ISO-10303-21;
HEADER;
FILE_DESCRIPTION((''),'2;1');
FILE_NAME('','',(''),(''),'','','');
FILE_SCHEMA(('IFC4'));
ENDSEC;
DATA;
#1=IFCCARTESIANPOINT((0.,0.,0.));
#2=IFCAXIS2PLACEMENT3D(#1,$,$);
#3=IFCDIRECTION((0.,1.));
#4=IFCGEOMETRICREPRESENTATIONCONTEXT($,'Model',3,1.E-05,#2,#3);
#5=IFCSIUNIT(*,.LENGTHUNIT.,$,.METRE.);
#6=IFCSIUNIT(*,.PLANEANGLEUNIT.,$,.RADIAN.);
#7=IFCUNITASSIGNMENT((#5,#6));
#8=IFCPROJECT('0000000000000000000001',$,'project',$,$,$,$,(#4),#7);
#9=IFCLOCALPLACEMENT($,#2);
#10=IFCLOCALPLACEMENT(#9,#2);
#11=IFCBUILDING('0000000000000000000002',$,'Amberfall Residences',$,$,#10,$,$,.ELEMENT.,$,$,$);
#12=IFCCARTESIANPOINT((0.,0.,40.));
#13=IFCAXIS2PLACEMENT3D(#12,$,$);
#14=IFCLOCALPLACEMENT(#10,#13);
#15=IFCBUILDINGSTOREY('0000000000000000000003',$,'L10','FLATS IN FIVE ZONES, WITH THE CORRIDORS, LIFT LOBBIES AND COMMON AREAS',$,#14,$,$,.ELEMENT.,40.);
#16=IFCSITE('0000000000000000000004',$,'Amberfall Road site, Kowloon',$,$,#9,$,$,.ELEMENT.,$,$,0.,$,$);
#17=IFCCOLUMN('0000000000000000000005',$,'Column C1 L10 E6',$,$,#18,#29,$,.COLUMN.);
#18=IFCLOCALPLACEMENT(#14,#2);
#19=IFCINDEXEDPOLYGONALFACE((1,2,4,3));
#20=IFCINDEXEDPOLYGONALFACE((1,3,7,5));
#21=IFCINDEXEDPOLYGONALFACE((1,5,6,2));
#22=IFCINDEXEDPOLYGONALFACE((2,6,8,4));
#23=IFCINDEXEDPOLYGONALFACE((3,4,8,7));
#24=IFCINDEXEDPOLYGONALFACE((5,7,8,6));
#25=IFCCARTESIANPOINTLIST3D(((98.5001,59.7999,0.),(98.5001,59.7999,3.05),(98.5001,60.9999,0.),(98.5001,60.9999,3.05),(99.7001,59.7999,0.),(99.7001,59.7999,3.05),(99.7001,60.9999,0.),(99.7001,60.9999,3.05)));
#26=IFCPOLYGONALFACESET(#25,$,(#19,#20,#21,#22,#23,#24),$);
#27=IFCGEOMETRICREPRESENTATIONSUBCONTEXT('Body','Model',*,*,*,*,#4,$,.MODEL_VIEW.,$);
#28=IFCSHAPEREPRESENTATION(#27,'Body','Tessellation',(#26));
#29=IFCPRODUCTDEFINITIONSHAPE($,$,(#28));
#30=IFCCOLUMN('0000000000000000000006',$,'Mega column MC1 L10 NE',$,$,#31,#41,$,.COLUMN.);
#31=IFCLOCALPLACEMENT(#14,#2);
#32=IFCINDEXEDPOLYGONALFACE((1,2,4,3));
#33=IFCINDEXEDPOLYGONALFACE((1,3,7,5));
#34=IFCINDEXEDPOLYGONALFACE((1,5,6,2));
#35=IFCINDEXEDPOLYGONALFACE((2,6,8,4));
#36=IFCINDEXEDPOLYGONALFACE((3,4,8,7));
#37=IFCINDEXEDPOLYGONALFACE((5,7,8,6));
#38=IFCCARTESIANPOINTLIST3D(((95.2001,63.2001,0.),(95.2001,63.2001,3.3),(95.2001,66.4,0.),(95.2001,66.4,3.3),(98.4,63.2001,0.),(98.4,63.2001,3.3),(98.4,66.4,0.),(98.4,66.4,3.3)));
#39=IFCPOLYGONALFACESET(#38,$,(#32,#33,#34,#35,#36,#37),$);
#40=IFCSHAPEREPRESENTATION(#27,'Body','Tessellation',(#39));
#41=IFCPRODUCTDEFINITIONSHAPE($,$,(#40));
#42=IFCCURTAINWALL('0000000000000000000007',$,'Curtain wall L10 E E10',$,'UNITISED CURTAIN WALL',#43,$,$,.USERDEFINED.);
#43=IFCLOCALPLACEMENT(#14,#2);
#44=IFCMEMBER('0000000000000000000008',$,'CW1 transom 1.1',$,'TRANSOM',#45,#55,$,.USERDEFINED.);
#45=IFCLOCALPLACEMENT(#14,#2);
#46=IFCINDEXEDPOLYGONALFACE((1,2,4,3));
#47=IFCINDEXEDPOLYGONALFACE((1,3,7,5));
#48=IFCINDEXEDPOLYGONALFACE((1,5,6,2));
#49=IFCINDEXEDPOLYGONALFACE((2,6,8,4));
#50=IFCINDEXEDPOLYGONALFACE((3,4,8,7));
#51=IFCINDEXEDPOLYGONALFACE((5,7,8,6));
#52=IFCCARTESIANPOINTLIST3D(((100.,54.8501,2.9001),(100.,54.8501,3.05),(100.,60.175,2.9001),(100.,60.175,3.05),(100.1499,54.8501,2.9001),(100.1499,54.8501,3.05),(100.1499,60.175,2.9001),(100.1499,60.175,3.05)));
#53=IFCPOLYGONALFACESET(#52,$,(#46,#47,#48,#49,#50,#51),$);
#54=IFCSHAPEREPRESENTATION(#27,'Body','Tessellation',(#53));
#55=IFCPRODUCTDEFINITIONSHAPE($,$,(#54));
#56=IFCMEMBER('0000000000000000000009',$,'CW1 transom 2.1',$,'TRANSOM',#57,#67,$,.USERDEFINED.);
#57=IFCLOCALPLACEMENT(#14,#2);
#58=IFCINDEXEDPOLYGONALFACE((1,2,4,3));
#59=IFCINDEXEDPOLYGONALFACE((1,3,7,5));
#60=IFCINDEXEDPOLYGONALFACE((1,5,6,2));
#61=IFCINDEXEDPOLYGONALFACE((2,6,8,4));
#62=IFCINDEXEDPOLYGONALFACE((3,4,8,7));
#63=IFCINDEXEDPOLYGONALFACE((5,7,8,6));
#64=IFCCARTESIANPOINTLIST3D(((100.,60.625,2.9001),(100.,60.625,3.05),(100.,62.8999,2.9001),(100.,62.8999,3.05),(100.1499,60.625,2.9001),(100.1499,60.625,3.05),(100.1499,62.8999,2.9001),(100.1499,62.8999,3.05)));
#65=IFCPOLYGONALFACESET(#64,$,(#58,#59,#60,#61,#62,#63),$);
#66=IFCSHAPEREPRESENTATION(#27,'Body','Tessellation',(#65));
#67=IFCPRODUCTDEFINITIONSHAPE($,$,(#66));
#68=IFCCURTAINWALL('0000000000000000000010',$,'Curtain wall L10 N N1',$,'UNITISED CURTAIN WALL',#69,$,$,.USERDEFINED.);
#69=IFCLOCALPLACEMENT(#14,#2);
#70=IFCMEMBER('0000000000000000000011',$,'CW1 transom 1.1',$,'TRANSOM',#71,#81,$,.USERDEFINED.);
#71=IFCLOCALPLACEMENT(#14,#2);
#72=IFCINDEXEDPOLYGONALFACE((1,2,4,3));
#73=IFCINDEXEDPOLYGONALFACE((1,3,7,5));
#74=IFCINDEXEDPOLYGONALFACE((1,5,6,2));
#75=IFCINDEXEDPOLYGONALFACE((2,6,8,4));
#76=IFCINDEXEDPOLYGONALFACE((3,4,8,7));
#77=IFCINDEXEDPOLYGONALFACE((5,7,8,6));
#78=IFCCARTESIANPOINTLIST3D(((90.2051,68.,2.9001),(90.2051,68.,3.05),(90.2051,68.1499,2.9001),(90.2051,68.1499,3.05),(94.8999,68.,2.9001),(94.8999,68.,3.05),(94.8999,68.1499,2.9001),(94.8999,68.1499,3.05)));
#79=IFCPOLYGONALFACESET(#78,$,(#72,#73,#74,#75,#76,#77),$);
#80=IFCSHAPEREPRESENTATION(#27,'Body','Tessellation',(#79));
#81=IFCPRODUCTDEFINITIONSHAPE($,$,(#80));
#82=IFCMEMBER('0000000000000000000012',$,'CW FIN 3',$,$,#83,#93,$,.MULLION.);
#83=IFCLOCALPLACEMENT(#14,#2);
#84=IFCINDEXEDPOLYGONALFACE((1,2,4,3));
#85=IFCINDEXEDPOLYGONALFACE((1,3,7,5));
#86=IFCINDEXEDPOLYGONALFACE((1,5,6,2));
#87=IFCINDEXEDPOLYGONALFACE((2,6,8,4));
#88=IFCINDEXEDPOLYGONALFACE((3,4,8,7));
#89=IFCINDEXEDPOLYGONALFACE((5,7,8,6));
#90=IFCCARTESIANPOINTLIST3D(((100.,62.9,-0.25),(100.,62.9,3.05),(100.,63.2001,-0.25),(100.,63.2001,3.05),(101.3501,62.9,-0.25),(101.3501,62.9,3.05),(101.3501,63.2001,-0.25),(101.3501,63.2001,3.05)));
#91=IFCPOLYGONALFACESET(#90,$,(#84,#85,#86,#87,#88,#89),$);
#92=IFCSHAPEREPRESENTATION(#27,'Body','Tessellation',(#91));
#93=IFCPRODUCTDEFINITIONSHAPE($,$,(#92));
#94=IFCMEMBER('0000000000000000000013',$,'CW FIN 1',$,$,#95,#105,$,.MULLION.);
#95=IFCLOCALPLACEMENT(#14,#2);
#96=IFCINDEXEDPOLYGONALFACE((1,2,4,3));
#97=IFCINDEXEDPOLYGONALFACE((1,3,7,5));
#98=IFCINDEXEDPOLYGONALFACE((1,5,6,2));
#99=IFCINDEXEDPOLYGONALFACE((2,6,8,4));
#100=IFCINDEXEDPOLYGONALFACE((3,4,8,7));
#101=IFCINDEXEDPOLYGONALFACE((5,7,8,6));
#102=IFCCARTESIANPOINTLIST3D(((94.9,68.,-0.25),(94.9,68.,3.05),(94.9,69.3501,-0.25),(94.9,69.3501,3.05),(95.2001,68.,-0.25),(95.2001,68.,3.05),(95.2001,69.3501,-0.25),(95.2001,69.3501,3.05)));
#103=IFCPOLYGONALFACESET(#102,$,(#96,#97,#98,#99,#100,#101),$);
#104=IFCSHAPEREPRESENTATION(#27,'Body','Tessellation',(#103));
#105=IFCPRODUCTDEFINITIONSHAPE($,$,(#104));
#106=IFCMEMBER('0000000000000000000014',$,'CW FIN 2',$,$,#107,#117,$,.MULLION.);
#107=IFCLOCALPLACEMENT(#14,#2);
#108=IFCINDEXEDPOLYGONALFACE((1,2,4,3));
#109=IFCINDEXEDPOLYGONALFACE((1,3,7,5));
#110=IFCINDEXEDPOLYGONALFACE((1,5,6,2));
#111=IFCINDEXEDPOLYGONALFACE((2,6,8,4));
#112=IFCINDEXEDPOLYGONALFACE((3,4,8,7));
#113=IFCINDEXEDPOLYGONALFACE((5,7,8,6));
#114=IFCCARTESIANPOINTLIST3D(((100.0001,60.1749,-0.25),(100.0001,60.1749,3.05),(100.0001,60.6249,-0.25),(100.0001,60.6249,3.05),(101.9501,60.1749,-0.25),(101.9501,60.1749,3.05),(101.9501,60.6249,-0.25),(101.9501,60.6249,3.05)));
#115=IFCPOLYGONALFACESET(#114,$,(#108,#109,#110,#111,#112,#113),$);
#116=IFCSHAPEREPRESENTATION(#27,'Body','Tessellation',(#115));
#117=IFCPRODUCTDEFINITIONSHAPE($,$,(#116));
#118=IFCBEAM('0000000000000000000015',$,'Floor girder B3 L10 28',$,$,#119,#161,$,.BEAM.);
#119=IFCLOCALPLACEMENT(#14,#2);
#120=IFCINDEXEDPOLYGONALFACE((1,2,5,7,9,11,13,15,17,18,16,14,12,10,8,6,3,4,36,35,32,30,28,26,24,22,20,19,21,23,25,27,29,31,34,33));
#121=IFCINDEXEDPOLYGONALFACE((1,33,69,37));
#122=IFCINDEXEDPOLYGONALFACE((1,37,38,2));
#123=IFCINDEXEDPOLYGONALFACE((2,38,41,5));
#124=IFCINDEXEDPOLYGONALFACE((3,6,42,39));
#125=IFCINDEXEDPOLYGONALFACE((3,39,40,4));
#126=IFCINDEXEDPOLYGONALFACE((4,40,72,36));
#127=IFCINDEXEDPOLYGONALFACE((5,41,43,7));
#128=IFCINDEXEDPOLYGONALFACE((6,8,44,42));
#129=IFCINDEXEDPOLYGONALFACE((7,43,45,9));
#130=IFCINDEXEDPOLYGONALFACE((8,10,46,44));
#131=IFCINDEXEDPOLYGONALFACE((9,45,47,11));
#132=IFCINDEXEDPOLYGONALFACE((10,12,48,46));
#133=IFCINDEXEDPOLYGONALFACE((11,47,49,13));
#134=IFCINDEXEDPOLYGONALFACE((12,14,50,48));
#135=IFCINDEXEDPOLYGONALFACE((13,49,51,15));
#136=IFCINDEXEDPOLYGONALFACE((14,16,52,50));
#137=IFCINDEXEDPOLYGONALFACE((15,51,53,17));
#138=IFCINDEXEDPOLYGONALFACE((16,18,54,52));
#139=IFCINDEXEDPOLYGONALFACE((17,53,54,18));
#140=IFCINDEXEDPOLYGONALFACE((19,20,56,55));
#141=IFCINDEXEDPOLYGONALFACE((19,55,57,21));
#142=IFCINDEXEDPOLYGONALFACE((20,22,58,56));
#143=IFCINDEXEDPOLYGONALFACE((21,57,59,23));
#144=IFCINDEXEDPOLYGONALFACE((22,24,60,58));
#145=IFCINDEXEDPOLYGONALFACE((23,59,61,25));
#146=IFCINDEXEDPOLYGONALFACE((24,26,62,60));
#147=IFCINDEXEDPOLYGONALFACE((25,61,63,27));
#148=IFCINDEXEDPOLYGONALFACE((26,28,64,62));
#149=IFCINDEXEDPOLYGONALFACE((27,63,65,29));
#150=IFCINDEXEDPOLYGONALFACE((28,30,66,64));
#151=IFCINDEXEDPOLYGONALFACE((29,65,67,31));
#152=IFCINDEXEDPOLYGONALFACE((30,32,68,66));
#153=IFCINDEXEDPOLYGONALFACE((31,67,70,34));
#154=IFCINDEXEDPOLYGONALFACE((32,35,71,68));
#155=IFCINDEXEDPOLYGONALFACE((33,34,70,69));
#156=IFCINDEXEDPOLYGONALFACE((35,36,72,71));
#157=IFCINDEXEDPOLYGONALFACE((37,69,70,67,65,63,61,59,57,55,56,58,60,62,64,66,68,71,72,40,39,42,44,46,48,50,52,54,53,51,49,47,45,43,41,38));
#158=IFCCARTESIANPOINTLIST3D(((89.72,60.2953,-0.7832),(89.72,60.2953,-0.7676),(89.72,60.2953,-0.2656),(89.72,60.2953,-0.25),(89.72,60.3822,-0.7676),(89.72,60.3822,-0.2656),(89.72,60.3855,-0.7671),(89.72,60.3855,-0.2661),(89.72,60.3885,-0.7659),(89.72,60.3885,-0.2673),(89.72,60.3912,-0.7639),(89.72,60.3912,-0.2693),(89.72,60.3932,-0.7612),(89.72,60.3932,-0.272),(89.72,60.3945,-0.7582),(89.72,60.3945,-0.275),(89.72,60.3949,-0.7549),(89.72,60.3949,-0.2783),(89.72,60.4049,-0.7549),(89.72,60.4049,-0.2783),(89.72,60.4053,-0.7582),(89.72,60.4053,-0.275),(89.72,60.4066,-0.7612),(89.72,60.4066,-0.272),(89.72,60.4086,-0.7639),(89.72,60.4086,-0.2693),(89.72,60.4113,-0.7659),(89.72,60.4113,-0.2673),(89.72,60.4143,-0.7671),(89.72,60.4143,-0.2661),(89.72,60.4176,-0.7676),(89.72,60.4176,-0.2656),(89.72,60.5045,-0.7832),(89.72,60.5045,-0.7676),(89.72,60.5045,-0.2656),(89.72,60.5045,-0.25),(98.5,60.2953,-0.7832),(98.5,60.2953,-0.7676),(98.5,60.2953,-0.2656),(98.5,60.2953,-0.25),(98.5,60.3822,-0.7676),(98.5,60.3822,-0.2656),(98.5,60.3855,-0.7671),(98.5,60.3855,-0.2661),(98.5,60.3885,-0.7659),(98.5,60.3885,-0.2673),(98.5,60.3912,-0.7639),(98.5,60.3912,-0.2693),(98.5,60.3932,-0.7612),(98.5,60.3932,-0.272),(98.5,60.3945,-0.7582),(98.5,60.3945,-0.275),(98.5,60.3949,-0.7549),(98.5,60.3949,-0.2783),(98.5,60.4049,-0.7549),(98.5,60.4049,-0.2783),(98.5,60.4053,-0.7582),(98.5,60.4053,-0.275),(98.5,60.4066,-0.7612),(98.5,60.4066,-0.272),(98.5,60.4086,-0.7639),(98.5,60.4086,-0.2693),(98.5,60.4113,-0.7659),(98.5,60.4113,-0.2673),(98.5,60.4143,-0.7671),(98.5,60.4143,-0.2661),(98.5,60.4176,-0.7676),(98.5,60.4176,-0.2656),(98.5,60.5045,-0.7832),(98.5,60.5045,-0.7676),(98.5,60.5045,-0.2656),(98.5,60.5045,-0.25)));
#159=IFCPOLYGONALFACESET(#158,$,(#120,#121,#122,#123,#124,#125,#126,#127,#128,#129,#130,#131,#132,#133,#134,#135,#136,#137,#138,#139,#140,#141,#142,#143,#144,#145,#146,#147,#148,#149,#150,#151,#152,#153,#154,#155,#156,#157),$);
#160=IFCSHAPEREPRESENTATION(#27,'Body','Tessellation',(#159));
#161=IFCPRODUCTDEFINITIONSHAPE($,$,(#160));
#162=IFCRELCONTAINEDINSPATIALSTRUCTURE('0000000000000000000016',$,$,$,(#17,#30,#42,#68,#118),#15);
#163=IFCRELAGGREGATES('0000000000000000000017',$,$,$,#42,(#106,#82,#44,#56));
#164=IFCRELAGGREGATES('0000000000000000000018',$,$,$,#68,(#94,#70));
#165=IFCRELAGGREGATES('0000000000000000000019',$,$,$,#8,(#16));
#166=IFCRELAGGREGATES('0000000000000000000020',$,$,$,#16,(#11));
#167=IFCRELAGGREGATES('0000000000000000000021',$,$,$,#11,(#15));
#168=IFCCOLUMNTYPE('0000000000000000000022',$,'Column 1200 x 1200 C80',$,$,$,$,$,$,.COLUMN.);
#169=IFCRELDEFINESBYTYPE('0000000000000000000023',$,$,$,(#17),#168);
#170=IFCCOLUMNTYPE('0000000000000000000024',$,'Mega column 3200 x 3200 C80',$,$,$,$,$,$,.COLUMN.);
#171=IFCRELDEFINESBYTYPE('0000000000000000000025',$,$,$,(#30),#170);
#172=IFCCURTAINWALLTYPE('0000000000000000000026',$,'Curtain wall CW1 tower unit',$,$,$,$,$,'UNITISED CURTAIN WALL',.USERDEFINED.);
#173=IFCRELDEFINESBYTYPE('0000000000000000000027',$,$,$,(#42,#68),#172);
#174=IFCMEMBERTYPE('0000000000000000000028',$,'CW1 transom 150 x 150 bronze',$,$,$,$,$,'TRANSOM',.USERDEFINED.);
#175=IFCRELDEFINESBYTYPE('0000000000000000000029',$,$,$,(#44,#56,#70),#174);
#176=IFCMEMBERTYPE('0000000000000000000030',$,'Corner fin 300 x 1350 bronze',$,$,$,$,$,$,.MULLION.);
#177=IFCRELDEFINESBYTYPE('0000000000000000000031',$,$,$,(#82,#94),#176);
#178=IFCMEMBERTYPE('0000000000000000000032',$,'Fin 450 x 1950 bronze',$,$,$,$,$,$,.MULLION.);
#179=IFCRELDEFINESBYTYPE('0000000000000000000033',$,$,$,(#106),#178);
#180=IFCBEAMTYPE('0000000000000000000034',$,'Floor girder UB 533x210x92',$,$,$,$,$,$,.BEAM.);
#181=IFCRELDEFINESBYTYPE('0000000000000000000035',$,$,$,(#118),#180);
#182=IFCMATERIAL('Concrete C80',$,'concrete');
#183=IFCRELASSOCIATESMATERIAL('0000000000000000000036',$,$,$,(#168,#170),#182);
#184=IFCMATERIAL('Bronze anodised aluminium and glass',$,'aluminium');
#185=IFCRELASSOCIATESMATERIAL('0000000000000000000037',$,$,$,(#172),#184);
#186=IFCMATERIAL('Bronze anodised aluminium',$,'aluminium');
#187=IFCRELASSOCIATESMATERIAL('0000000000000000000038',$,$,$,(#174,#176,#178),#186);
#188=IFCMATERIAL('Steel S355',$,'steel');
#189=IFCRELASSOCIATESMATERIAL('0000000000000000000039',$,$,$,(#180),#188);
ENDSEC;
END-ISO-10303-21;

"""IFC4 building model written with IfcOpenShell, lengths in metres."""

from ifc_helpers import new_model, si_unit, direction, frame, origin, origin_2d, place, context, subcontext, project, spatial, rectangle, i_section, extrude, material, material_profile, profile_set, type_object, element, aggregate, save


model = new_model("IFC4")

# Units and contexts
model_context = context("Model", 3, precision=1e-05, world=origin(), true_north=direction((0.0, 1.0)))
body_context = subcontext(model_context, "Body", "Model", "MODEL_VIEW")
ifc_project = project(units=[si_unit("LENGTHUNIT", "METRE"), si_unit("PLANEANGLEUNIT", "RADIAN")], contexts=[model_context])

# Site, building, storey
site_placement = place(None, origin())
site = spatial("IfcSite", under=ifc_project, at=site_placement, Name="Amberfall Road site, Kowloon", CompositionType="ELEMENT", RefElevation=0.0)
building_placement = place(site_placement, origin())
building = spatial("IfcBuilding", under=site, at=building_placement, Name="Amberfall Residences", CompositionType="ELEMENT")
storey_placement = place(building_placement, frame((0.0, 0.0, 40.0)))
storey = spatial("IfcBuildingStorey", under=building, at=storey_placement, Name="L10", Description="FLATS IN FIVE ZONES, WITH THE CORRIDORS, LIFT LOBBIES AND COMMON AREAS", CompositionType="ELEMENT", Elevation=40.0)

# Columns
ifc_material_1 = material(Name="Concrete C80", Category="concrete")
ifc_material_profile_1 = material_profile(ifc_material_1, rectangle(XDim=1.2, YDim=1.2, at=origin_2d()), Name="Column 1200 x 1200 C80")
ifc_profile_set_1 = profile_set([ifc_material_profile_1], Name="Concrete C80")
column_type_1 = type_object("IfcColumnType", Name="Column 1200 x 1200 C80", PredefinedType="COLUMN", material=ifc_profile_set_1)
column_1_placement = place(storey_placement, frame((99.1001, 60.3999, 0.0), z_axis=(0.0, 0.0, 1.0), x_axis=(1.0, 0.0, 0.0)))
element("IfcColumn", 1, at=column_1_placement, inside=storey, type_object=column_type_1, Name="Column C1 L10 E6", PredefinedType="COLUMN", context=body_context, shape_type="SweptSolid", body=[
    extrude(rectangle(XDim=1.2, YDim=1.2, at=origin_2d()), origin(), (0.0, 0.0, 1.0), 3.05),
])
ifc_material_profile_2 = material_profile(ifc_material_1, rectangle(XDim=3.2, YDim=3.2, at=origin_2d()), Name="Mega column 3200 x 3200 C80")
ifc_profile_set_2 = profile_set([ifc_material_profile_2], Name="Concrete C80")
column_type_2 = type_object("IfcColumnType", Name="Mega column 3200 x 3200 C80", PredefinedType="COLUMN", material=ifc_profile_set_2)
column_2_placement = place(storey_placement, frame((96.8, 64.8, 0.0), z_axis=(0.0, 0.0, 1.0), x_axis=(1.0, 0.0, 0.0)))
element("IfcColumn", 2, at=column_2_placement, inside=storey, type_object=column_type_2, Name="Mega column MC1 L10 NE", PredefinedType="COLUMN", context=body_context, shape_type="SweptSolid", body=[
    extrude(rectangle(XDim=3.2, YDim=3.2, at=origin_2d()), origin(), (0.0, 0.0, 1.0), 3.3),
])

# Curtain wall, members
ifc_material_2 = material(Name="Bronze anodised aluminium and glass", Category="aluminium")
curtain_wall_type = type_object("IfcCurtainWallType", Name="Curtain wall CW1 tower unit", ElementType="UNITISED CURTAIN WALL", PredefinedType="USERDEFINED", material=ifc_material_2)
curtain_wall_1_placement = place(storey_placement, origin())
curtain_wall_1 = element("IfcCurtainWall", 3, at=curtain_wall_1_placement, inside=storey, type_object=curtain_wall_type, Name="Curtain wall L10 E E10", ObjectType="UNITISED CURTAIN WALL", PredefinedType="USERDEFINED")
ifc_material_3 = material(Name="Bronze anodised aluminium", Category="aluminium")
ifc_material_profile_3 = material_profile(ifc_material_3, rectangle(XDim=0.1499, YDim=0.1499, at=origin_2d()), Name="CW1 transom 150 x 150 bronze")
ifc_profile_set_3 = profile_set([ifc_material_profile_3], Name="Bronze anodised aluminium")
member_type_1 = type_object("IfcMemberType", Name="CW1 transom 150 x 150 bronze", ElementType="TRANSOM", PredefinedType="USERDEFINED", material=ifc_profile_set_3)
member_1_placement = place(storey_placement, frame((100.075, 54.8501, 2.9751), z_axis=(0.0, 1.0, 0.0), x_axis=(-1.0, 0.0, 0.0)))
member_1 = element("IfcMember", 4, at=member_1_placement, type_object=member_type_1, Name="CW1 transom 1.1", ObjectType="TRANSOM", PredefinedType="USERDEFINED", context=body_context, shape_type="SweptSolid", body=[
    extrude(rectangle(XDim=0.1499, YDim=0.1499, at=origin_2d()), origin(), (0.0, 0.0, 1.0), 5.325),
])
member_2_placement = place(storey_placement, frame((100.075, 60.625, 2.9751), z_axis=(0.0, 1.0, 0.0), x_axis=(-1.0, 0.0, 0.0)))
member_2 = element("IfcMember", 5, at=member_2_placement, type_object=member_type_1, Name="CW1 transom 2.1", ObjectType="TRANSOM", PredefinedType="USERDEFINED", context=body_context, shape_type="SweptSolid", body=[
    extrude(rectangle(XDim=0.1499, YDim=0.1499, at=origin_2d()), origin(), (0.0, 0.0, 1.0), 2.2749),
])

# Curtain wall, member
curtain_wall_2_placement = place(storey_placement, origin())
curtain_wall_2 = element("IfcCurtainWall", 6, at=curtain_wall_2_placement, inside=storey, type_object=curtain_wall_type, Name="Curtain wall L10 N N1", ObjectType="UNITISED CURTAIN WALL", PredefinedType="USERDEFINED")
member_3_placement = place(storey_placement, frame((94.8999, 68.075, 2.9751), z_axis=(-1.0, 0.0, 0.0), x_axis=(0.0, -1.0, 0.0)))
member_3 = element("IfcMember", 7, at=member_3_placement, type_object=member_type_1, Name="CW1 transom 1.1", ObjectType="TRANSOM", PredefinedType="USERDEFINED", context=body_context, shape_type="SweptSolid", body=[
    extrude(rectangle(XDim=0.1499, YDim=0.1499, at=origin_2d()), origin(), (0.0, 0.0, 1.0), 4.6948),
])

# Members
ifc_material_profile_4 = material_profile(ifc_material_3, rectangle(XDim=1.3501, YDim=0.3, at=origin_2d()), Name="Corner fin 300 x 1350 bronze")
ifc_profile_set_4 = profile_set([ifc_material_profile_4], Name="Bronze anodised aluminium")
member_type_2 = type_object("IfcMemberType", Name="Corner fin 300 x 1350 bronze", PredefinedType="MULLION", material=ifc_profile_set_4)
member_4_placement = place(storey_placement, frame((100.675, 63.05, -0.25), z_axis=(0.0, 0.0, 1.0), x_axis=(-1.0, 0.0, 0.0)))
member_4 = element("IfcMember", 8, at=member_4_placement, type_object=member_type_2, Name="CW FIN 3", PredefinedType="MULLION", context=body_context, shape_type="SweptSolid", body=[
    extrude(rectangle(XDim=1.3501, YDim=0.3, at=origin_2d()), origin(), (0.0, 0.0, 1.0), 3.3),
])
member_5_placement = place(storey_placement, frame((95.05, 68.675, -0.25), z_axis=(0.0, 0.0, 1.0), x_axis=(0.0, -1.0, 0.0)))
member_5 = element("IfcMember", 9, at=member_5_placement, type_object=member_type_2, Name="CW FIN 1", PredefinedType="MULLION", context=body_context, shape_type="SweptSolid", body=[
    extrude(rectangle(XDim=1.3501, YDim=0.3, at=origin_2d()), origin(), (0.0, 0.0, 1.0), 3.3),
])
ifc_material_profile_5 = material_profile(ifc_material_3, rectangle(XDim=1.95, YDim=0.45, at=origin_2d()), Name="Fin 450 x 1950 bronze")
ifc_profile_set_5 = profile_set([ifc_material_profile_5], Name="Bronze anodised aluminium")
member_type_3 = type_object("IfcMemberType", Name="Fin 450 x 1950 bronze", PredefinedType="MULLION", material=ifc_profile_set_5)
member_6_placement = place(storey_placement, frame((100.9751, 60.3999, -0.25), z_axis=(0.0, 0.0, 1.0), x_axis=(-1.0, 0.0, 0.0)))
member_6 = element("IfcMember", 10, at=member_6_placement, type_object=member_type_3, Name="CW FIN 2", PredefinedType="MULLION", context=body_context, shape_type="SweptSolid", body=[
    extrude(rectangle(XDim=1.95, YDim=0.45, at=origin_2d()), origin(), (0.0, 0.0, 1.0), 3.3),
])

# Beam
ifc_material_4 = material(Name="Steel S355", Category="steel")
ifc_material_profile_6 = material_profile(ifc_material_4, i_section(OverallWidth=0.2092, OverallDepth=0.5332, WebThickness=0.01, FlangeThickness=0.0156, FilletRadius=0.0127, at=origin_2d()), Name="UB 533x210x92")
ifc_profile_set_6 = profile_set([ifc_material_profile_6], Name="Steel S355")
beam_type_1 = type_object("IfcBeamType", Name="Floor girder UB 533x210x92", PredefinedType="BEAM", material=ifc_profile_set_6)
beam_1_placement = place(storey_placement, frame((98.5, 60.3999, -0.5166), z_axis=(-1.0, 0.0, 0.0), x_axis=(0.0, -1.0, 0.0)))
element("IfcBeam", 11, at=beam_1_placement, inside=storey, type_object=beam_type_1, Name="Floor girder B3 L10 28", PredefinedType="BEAM", context=body_context, shape_type="SweptSolid", body=[
    extrude(i_section(OverallWidth=0.2092, OverallDepth=0.5332, WebThickness=0.01, FlangeThickness=0.0156, FilletRadius=0.0127, at=origin_2d()), origin(), (0.0, 0.0, 1.0), 8.78),
])

aggregate(curtain_wall_1, [member_6, member_4, member_1, member_2])
aggregate(curtain_wall_2, [member_5, member_3])

save(model, "model.ifc")
